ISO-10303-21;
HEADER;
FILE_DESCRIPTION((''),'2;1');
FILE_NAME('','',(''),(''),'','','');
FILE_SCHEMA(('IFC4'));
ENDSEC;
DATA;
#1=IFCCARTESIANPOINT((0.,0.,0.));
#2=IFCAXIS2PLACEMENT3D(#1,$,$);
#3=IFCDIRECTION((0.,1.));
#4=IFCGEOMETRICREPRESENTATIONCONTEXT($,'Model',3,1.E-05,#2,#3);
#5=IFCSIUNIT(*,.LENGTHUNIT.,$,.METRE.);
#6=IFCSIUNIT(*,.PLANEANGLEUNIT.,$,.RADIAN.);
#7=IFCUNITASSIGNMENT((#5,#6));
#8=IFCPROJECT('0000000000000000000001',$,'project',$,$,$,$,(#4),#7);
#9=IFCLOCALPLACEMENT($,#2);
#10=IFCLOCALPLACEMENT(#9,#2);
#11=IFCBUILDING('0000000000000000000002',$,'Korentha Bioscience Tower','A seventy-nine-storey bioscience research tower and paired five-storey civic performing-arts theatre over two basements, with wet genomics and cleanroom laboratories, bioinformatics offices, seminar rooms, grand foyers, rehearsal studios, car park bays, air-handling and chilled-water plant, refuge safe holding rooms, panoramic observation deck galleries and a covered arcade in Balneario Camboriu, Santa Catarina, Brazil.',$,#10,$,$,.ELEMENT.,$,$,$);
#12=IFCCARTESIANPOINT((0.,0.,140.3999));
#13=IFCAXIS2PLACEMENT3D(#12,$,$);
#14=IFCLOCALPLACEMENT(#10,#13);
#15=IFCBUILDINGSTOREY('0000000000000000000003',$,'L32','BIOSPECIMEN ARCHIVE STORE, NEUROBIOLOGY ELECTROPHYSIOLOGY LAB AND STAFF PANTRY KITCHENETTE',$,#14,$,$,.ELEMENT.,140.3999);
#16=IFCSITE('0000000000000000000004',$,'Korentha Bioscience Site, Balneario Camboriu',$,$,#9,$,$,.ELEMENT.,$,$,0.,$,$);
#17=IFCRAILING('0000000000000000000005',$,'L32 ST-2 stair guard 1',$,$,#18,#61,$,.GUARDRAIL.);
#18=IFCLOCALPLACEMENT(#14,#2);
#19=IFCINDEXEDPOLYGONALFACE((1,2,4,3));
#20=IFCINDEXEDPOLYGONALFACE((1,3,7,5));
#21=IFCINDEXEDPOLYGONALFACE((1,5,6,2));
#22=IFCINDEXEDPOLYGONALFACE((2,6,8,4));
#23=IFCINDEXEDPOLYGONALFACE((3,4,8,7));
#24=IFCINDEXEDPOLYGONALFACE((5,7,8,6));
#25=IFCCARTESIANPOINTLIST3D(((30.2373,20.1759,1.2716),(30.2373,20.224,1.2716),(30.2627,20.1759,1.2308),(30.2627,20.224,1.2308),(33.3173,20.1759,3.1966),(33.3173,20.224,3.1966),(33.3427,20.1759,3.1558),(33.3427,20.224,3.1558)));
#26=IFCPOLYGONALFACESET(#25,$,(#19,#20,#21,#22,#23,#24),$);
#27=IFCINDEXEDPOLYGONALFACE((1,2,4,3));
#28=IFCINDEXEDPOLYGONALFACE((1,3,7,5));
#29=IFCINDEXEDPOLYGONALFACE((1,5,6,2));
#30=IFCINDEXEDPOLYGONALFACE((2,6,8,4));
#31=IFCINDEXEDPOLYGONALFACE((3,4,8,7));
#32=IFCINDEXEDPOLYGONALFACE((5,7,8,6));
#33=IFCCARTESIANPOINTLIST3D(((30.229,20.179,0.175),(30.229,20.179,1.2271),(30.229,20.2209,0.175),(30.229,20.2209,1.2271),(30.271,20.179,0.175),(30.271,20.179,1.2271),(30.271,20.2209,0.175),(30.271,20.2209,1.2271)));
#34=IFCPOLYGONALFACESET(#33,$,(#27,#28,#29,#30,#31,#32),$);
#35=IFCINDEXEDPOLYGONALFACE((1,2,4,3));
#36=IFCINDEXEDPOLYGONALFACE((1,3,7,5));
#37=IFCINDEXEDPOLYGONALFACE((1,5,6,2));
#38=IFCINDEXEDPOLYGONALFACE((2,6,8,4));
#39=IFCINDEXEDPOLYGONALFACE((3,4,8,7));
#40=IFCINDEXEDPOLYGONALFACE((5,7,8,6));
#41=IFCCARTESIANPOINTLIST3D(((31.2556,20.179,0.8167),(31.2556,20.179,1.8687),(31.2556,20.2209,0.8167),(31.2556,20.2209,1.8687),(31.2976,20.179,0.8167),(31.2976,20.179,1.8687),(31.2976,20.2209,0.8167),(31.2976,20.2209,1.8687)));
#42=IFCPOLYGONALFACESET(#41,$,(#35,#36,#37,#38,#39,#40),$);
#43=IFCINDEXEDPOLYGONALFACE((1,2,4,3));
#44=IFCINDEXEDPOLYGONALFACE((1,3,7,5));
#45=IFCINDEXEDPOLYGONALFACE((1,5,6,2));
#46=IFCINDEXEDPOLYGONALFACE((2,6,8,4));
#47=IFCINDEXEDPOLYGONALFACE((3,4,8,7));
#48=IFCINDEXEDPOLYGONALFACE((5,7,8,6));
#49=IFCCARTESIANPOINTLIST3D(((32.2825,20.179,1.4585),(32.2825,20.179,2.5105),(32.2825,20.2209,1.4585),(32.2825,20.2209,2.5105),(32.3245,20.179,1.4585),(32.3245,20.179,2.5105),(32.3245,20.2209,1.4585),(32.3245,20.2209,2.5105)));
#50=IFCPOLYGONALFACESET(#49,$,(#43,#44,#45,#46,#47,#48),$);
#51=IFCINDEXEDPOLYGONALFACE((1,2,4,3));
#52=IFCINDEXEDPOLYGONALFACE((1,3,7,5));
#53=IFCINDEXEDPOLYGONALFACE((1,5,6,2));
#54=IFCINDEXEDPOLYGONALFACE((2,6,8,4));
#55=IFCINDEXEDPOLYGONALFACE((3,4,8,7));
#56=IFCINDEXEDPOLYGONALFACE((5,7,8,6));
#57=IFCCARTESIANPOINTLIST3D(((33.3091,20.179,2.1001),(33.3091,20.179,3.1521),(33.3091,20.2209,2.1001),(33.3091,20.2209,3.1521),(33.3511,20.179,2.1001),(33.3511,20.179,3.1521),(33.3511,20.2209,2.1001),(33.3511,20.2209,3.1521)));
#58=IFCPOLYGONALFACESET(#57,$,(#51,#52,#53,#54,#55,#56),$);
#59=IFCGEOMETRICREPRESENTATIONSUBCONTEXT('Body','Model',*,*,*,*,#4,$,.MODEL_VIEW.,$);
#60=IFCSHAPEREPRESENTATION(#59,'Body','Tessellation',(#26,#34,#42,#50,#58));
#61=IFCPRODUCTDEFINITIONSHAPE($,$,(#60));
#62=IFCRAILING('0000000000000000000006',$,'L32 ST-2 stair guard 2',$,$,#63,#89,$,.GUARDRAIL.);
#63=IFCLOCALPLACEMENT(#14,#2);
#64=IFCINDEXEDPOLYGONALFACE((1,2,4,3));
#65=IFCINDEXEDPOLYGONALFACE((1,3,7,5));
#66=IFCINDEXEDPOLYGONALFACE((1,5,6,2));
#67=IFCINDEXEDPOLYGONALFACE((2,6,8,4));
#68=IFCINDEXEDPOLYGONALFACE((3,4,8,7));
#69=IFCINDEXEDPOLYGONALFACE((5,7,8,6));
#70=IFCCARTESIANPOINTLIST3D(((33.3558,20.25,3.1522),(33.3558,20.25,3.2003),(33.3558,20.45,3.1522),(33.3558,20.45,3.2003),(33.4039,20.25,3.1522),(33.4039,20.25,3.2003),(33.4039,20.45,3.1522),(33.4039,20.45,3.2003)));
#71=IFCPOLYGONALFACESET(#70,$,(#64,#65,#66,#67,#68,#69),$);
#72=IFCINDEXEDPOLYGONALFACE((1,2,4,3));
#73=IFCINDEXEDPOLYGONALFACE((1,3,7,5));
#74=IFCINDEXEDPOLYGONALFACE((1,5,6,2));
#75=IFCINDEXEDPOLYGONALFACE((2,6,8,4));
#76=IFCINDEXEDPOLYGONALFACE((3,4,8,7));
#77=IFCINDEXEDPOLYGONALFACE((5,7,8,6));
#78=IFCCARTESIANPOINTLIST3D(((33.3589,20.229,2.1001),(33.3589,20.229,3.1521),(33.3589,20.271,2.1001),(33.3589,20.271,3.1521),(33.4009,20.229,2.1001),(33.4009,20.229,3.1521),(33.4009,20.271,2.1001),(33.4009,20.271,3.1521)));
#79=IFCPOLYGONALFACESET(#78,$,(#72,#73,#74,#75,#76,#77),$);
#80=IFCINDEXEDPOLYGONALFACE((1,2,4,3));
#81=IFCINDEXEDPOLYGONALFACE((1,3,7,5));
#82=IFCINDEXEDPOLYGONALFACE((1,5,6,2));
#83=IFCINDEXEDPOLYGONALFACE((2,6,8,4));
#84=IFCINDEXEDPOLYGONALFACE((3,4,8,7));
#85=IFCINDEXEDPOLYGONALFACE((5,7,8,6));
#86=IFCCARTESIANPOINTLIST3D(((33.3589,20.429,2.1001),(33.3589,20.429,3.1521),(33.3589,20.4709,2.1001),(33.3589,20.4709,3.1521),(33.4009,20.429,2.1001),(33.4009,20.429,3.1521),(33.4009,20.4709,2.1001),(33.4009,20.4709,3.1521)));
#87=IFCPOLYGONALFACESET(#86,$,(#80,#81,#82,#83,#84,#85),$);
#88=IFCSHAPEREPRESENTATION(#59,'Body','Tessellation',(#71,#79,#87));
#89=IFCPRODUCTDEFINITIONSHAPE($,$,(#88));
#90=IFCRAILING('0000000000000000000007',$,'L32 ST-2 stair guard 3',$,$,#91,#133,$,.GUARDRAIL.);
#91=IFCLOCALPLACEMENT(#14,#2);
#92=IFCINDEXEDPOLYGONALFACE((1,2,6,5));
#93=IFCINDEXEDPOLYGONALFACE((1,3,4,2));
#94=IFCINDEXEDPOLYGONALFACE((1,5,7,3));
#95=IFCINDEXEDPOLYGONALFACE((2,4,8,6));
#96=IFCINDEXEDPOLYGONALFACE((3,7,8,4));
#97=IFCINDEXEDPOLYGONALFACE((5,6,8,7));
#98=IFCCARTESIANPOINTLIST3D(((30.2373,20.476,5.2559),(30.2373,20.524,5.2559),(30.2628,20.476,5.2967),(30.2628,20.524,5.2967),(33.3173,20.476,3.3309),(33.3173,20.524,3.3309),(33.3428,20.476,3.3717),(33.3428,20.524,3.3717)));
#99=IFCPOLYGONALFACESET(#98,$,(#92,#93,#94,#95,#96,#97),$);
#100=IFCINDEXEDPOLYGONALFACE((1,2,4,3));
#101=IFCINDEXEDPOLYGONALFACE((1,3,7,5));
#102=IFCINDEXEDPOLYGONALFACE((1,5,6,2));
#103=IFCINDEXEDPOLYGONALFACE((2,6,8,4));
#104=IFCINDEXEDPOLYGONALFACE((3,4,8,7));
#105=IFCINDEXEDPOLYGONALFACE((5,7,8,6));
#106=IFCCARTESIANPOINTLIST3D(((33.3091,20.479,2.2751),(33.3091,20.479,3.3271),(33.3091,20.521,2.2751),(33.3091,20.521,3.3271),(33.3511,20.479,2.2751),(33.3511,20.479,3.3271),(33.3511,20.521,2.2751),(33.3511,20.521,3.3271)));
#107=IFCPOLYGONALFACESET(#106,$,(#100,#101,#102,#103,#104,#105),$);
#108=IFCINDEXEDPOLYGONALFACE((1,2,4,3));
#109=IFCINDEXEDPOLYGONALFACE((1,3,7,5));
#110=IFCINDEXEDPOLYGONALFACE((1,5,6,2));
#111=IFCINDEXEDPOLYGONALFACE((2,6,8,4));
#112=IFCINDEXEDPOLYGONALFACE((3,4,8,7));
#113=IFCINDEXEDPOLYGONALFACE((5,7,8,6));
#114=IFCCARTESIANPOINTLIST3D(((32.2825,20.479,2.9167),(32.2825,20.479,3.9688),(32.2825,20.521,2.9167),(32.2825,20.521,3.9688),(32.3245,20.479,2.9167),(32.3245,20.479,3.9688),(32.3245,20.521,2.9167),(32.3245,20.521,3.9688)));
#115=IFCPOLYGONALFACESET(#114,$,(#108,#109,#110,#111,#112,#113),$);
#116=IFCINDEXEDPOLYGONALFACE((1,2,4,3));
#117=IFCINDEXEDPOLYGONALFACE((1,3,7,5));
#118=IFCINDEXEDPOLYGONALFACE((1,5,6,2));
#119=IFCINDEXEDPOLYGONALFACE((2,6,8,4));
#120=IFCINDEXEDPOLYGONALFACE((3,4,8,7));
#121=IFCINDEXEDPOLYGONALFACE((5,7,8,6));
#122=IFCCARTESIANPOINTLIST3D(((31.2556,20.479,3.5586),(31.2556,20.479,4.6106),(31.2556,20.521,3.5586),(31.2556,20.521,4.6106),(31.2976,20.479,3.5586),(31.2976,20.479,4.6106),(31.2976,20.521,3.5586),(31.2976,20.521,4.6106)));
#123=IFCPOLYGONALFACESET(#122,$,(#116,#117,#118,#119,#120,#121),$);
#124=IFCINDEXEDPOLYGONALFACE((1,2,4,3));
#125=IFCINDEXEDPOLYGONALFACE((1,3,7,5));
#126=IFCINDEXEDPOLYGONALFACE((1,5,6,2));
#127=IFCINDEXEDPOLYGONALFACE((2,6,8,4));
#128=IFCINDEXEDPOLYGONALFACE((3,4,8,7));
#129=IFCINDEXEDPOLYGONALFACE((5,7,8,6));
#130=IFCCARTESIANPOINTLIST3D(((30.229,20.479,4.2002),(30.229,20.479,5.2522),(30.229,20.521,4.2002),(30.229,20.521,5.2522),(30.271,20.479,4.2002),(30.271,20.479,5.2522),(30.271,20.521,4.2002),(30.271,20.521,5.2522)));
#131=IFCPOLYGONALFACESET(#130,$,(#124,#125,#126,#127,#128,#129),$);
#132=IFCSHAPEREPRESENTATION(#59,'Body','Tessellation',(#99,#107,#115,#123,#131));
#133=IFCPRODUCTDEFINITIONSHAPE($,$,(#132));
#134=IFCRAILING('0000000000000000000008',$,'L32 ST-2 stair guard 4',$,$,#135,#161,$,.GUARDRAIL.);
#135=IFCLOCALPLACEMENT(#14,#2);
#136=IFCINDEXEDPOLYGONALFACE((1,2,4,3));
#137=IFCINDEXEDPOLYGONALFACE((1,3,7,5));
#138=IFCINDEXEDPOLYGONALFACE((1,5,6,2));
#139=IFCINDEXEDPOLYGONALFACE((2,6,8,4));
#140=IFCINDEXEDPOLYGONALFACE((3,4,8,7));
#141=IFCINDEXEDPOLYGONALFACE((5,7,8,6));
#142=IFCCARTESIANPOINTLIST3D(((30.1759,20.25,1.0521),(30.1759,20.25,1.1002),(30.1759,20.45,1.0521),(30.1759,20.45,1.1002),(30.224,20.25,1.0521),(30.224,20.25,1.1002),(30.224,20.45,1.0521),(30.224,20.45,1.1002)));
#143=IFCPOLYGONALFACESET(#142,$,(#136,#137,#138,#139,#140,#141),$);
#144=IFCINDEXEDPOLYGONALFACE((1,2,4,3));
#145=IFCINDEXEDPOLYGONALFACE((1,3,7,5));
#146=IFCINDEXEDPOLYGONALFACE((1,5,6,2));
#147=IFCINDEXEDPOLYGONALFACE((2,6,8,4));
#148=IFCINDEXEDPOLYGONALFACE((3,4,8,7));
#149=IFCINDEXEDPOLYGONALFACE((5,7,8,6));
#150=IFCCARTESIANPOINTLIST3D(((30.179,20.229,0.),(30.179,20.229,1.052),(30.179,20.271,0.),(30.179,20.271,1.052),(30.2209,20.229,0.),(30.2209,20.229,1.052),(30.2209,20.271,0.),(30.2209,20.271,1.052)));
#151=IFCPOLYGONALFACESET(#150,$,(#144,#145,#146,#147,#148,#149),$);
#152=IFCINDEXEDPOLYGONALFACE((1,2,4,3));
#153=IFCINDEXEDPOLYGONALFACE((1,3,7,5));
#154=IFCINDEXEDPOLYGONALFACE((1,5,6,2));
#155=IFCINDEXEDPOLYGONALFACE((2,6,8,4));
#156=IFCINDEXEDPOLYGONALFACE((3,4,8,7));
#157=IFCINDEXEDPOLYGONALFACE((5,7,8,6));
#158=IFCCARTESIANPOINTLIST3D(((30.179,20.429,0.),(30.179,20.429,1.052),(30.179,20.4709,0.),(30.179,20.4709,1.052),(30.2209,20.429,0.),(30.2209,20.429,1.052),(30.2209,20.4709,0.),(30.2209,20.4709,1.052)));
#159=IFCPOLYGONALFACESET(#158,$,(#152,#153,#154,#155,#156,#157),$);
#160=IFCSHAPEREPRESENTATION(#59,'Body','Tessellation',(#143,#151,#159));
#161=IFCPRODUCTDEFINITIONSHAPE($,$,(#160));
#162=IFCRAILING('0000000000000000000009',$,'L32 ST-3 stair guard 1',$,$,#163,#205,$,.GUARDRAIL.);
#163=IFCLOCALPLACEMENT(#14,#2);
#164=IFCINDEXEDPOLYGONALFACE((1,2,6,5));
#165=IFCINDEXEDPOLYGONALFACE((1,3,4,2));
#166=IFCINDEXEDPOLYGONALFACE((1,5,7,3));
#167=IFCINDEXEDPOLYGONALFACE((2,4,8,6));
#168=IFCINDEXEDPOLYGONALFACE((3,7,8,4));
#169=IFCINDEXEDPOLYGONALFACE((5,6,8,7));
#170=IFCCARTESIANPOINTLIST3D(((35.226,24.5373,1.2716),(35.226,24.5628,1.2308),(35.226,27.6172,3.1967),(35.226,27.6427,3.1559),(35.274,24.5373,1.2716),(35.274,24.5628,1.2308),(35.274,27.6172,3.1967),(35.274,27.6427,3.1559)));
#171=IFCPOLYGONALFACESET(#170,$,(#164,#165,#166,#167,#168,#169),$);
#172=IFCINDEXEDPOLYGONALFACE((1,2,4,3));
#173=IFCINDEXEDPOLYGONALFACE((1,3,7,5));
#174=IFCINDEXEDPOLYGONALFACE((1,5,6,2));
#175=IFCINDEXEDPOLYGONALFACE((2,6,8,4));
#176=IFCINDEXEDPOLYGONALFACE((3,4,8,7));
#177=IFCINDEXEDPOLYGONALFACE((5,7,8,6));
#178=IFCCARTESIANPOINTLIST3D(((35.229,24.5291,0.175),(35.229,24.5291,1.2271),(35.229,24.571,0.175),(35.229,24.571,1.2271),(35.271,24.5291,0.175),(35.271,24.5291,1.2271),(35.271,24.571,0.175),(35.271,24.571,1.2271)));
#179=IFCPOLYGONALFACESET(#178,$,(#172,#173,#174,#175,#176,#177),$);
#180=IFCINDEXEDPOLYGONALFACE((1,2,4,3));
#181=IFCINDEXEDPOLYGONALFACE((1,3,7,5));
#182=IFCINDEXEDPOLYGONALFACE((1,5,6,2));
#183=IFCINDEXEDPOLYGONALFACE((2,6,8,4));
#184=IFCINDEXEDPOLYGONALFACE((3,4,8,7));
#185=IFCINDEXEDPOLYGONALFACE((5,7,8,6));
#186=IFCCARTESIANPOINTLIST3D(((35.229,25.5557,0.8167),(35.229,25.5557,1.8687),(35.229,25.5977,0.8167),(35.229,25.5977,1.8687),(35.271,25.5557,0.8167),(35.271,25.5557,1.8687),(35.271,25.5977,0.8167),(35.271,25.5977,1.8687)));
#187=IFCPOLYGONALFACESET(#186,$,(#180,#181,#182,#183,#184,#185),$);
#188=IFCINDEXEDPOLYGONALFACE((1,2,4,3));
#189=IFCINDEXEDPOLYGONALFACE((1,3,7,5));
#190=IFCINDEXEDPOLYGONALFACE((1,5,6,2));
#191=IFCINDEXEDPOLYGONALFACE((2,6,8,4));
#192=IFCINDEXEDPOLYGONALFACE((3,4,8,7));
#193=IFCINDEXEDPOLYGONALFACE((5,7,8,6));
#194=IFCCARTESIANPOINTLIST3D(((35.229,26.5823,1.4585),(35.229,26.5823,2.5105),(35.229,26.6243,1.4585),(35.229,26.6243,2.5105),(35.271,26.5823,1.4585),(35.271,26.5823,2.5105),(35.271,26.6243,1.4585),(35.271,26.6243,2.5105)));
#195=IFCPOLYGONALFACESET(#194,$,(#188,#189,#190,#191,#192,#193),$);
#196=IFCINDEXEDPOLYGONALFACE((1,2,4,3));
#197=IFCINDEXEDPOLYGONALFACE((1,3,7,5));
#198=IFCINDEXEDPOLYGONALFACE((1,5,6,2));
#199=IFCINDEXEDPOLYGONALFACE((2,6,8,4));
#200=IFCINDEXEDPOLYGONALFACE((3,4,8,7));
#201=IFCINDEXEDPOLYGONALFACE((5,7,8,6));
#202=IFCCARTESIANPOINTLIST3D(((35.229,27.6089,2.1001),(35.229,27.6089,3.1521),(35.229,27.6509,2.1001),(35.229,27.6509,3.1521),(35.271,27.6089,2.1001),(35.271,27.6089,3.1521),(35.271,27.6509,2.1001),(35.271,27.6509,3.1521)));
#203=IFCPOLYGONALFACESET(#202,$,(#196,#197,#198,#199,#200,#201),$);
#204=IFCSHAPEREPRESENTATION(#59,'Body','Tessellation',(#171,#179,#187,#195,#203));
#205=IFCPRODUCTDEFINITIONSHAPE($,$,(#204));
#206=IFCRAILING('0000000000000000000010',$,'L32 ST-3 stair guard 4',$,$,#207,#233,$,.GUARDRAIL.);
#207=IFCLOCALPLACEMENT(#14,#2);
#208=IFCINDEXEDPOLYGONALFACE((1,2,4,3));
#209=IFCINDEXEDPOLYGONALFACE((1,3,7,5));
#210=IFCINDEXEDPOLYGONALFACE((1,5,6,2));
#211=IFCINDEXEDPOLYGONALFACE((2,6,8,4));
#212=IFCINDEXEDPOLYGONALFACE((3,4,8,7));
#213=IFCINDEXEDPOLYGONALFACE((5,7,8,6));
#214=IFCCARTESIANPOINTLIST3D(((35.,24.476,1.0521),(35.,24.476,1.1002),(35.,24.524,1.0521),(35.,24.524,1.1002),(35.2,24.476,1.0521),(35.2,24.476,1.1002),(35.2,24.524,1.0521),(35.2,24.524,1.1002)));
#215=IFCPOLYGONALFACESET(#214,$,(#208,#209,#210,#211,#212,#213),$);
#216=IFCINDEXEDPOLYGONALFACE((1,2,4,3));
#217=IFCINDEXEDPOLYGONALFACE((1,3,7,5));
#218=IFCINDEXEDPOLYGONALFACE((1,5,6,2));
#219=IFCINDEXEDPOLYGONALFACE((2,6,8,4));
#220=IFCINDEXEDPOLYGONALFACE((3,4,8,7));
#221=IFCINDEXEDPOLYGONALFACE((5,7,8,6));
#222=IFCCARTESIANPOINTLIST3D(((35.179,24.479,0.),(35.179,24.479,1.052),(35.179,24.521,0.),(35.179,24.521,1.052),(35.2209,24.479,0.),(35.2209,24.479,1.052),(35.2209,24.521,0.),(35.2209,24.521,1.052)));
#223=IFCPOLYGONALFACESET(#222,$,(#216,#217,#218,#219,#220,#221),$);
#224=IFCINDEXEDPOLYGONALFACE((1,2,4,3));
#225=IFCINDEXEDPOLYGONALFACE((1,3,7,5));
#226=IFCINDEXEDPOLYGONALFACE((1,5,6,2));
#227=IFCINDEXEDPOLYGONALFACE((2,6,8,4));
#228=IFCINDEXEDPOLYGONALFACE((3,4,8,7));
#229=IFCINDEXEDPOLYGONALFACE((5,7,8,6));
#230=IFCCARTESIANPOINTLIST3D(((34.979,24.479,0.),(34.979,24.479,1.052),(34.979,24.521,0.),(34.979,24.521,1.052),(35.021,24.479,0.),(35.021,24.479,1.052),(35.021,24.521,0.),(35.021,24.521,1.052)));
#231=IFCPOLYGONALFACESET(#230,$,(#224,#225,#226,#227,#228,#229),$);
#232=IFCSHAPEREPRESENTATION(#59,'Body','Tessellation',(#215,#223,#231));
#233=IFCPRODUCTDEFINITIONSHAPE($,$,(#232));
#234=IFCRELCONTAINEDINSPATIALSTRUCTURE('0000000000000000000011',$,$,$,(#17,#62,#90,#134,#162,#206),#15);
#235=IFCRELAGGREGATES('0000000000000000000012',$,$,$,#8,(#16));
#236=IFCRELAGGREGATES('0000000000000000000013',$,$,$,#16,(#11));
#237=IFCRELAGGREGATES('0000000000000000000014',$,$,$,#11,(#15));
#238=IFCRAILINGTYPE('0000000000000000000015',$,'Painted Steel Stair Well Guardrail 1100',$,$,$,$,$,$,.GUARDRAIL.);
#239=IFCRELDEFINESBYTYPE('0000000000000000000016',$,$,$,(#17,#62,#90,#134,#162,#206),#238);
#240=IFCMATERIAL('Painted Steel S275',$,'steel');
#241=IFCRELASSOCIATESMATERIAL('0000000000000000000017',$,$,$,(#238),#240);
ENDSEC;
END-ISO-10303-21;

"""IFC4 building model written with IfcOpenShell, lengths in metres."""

from ifc_helpers import new_model, si_unit, direction, frame, origin, origin_2d, place, context, subcontext, project, spatial, rectangle, extrude, material, type_object, element, save


model = new_model("IFC4")

# Units and contexts
model_context = context("Model", 3, precision=1e-05, world=origin(), true_north=direction((0.0, 1.0)))
body_context = subcontext(model_context, "Body", "Model", "MODEL_VIEW")
ifc_project = project(units=[si_unit("LENGTHUNIT", "METRE"), si_unit("PLANEANGLEUNIT", "RADIAN")], contexts=[model_context])

# Site, building, storey
site_placement = place(None, origin())
site = spatial("IfcSite", under=ifc_project, at=site_placement, Name="Korentha Bioscience Site, Balneario Camboriu", CompositionType="ELEMENT", RefElevation=0.0)
building_placement = place(site_placement, origin())
building = spatial("IfcBuilding", under=site, at=building_placement, Name="Korentha Bioscience Tower", Description="A seventy-nine-storey bioscience research tower and paired five-storey civic performing-arts theatre over two basements, with wet genomics and cleanroom laboratories, bioinformatics offices, seminar rooms, grand foyers, rehearsal studios, car park bays, air-handling and chilled-water plant, refuge safe holding rooms, panoramic observation deck galleries and a covered arcade in Balneario Camboriu, Santa Catarina, Brazil.", CompositionType="ELEMENT")
storey_placement = place(building_placement, frame((0.0, 0.0, 140.3999)))
storey = spatial("IfcBuildingStorey", under=building, at=storey_placement, Name="L32", Description="BIOSPECIMEN ARCHIVE STORE, NEUROBIOLOGY ELECTROPHYSIOLOGY LAB AND STAFF PANTRY KITCHENETTE", CompositionType="ELEMENT", Elevation=140.3999)

# Railings
ifc_material_1 = material(Name="Painted Steel S275", Category="steel")
railing_type_1 = type_object("IfcRailingType", Name="Painted Steel Stair Well Guardrail 1100", PredefinedType="GUARDRAIL", material=ifc_material_1)
railing_1_placement = place(storey_placement, frame((30.25, 20.2, 0.175)))
element("IfcRailing", 1, at=railing_1_placement, inside=storey, type_object=railing_type_1, Name="L32 ST-2 stair guard 1", PredefinedType="GUARDRAIL", context=body_context, shape_type="SweptSolid", body=[
    extrude(rectangle(XDim=0.0481, YDim=0.0481, at=origin_2d()), frame((0.0, 0.0, 1.0762), z_axis=(0.847998, 0.0, 0.529999), x_axis=(0.0, 1.0, 0.0)), (0.0, 0.0, 1.0), 3.6321),
    extrude(rectangle(XDim=0.042, YDim=0.042, at=origin_2d()), origin(), (0.0, 0.0, 1.0), 1.052),
    extrude(rectangle(XDim=0.042, YDim=0.042, at=origin_2d()), frame((1.0266, 0.0, 0.6416)), (0.0, 0.0, 1.0), 1.052),
    extrude(rectangle(XDim=0.042, YDim=0.042, at=origin_2d()), frame((2.0535, 0.0, 1.2834)), (0.0, 0.0, 1.0), 1.052),
    extrude(rectangle(XDim=0.042, YDim=0.042, at=origin_2d()), frame((3.0801, 0.0, 1.925)), (0.0, 0.0, 1.0), 1.052),
])
railing_2_placement = place(storey_placement, frame((33.3799, 20.25, 2.1001)))
element("IfcRailing", 2, at=railing_2_placement, inside=storey, type_object=railing_type_1, Name="L32 ST-2 stair guard 2", PredefinedType="GUARDRAIL", context=body_context, shape_type="SweptSolid", body=[
    extrude(rectangle(XDim=0.0481, YDim=0.0481, at=origin_2d()), frame((0.0, 0.0, 1.0762), z_axis=(0.0, 1.0, 0.0), x_axis=(-1.0, 0.0, 0.0)), (0.0, 0.0, 1.0), 0.2),
    extrude(rectangle(XDim=0.042, YDim=0.042, at=origin_2d()), origin(), (0.0, 0.0, 1.0), 1.052),
    extrude(rectangle(XDim=0.042, YDim=0.042, at=origin_2d()), frame((0.0, 0.2, 0.0)), (0.0, 0.0, 1.0), 1.052),
])
railing_3_placement = place(storey_placement, frame((33.3301, 20.5, 2.2751)))
element("IfcRailing", 3, at=railing_3_placement, inside=storey, type_object=railing_type_1, Name="L32 ST-2 stair guard 3", PredefinedType="GUARDRAIL", context=body_context, shape_type="SweptSolid", body=[
    extrude(rectangle(XDim=0.0481, YDim=0.0481, at=origin_2d()), frame((0.0, 0.0, 1.0762), z_axis=(-0.847998, 0.0, 0.529999), x_axis=(0.0, -1.0, 0.0)), (0.0, 0.0, 1.0), 3.6321),
    extrude(rectangle(XDim=0.042, YDim=0.042, at=origin_2d()), origin(), (0.0, 0.0, 1.0), 1.052),
    extrude(rectangle(XDim=0.042, YDim=0.042, at=origin_2d()), frame((-1.0266, 0.0, 0.6416)), (0.0, 0.0, 1.0), 1.052),
    extrude(rectangle(XDim=0.042, YDim=0.042, at=origin_2d()), frame((-2.0535, 0.0, 1.2834)), (0.0, 0.0, 1.0), 1.052),
    extrude(rectangle(XDim=0.042, YDim=0.042, at=origin_2d()), frame((-3.0801, 0.0, 1.925)), (0.0, 0.0, 1.0), 1.052),
])
railing_4_placement = place(storey_placement, frame((30.2, 20.25, 0.0)))
element("IfcRailing", 4, at=railing_4_placement, inside=storey, type_object=railing_type_1, Name="L32 ST-2 stair guard 4", PredefinedType="GUARDRAIL", context=body_context, shape_type="SweptSolid", body=[
    extrude(rectangle(XDim=0.0481, YDim=0.0481, at=origin_2d()), frame((0.0, 0.0, 1.0762), z_axis=(0.0, 1.0, 0.0), x_axis=(-1.0, 0.0, 0.0)), (0.0, 0.0, 1.0), 0.2),
    extrude(rectangle(XDim=0.042, YDim=0.042, at=origin_2d()), origin(), (0.0, 0.0, 1.0), 1.052),
    extrude(rectangle(XDim=0.042, YDim=0.042, at=origin_2d()), frame((0.0, 0.2, 0.0)), (0.0, 0.0, 1.0), 1.052),
])
railing_5_placement = place(storey_placement, frame((35.25, 24.55, 0.175)))
element("IfcRailing", 5, at=railing_5_placement, inside=storey, type_object=railing_type_1, Name="L32 ST-3 stair guard 1", PredefinedType="GUARDRAIL", context=body_context, shape_type="SweptSolid", body=[
    extrude(rectangle(XDim=0.0481, YDim=0.0481, at=origin_2d()), frame((0.0, 0.0, 1.0762), z_axis=(0.0, 0.847979, 0.530029), x_axis=(-1.0, 0.0, 0.0)), (0.0, 0.0, 1.0), 3.6321),
    extrude(rectangle(XDim=0.042, YDim=0.042, at=origin_2d()), origin(), (0.0, 0.0, 1.0), 1.052),
    extrude(rectangle(XDim=0.042, YDim=0.042, at=origin_2d()), frame((0.0, 1.0266, 0.6416)), (0.0, 0.0, 1.0), 1.052),
    extrude(rectangle(XDim=0.042, YDim=0.042, at=origin_2d()), frame((0.0, 2.0532, 1.2834)), (0.0, 0.0, 1.0), 1.052),
    extrude(rectangle(XDim=0.042, YDim=0.042, at=origin_2d()), frame((0.0, 3.0798, 1.925)), (0.0, 0.0, 1.0), 1.052),
])
railing_6_placement = place(storey_placement, frame((35.2, 24.5, 0.0)))
element("IfcRailing", 6, at=railing_6_placement, inside=storey, type_object=railing_type_1, Name="L32 ST-3 stair guard 4", PredefinedType="GUARDRAIL", context=body_context, shape_type="SweptSolid", body=[
    extrude(rectangle(XDim=0.0481, YDim=0.0481, at=origin_2d()), frame((0.0, 0.0, 1.0762), z_axis=(-1.0, 0.0, 0.0), x_axis=(0.0, -1.0, 0.0)), (0.0, 0.0, 1.0), 0.2),
    extrude(rectangle(XDim=0.042, YDim=0.042, at=origin_2d()), origin(), (0.0, 0.0, 1.0), 1.052),
    extrude(rectangle(XDim=0.042, YDim=0.042, at=origin_2d()), frame((-0.2, 0.0, 0.0)), (0.0, 0.0, 1.0), 1.052),
])

save(model, "model.ifc")
